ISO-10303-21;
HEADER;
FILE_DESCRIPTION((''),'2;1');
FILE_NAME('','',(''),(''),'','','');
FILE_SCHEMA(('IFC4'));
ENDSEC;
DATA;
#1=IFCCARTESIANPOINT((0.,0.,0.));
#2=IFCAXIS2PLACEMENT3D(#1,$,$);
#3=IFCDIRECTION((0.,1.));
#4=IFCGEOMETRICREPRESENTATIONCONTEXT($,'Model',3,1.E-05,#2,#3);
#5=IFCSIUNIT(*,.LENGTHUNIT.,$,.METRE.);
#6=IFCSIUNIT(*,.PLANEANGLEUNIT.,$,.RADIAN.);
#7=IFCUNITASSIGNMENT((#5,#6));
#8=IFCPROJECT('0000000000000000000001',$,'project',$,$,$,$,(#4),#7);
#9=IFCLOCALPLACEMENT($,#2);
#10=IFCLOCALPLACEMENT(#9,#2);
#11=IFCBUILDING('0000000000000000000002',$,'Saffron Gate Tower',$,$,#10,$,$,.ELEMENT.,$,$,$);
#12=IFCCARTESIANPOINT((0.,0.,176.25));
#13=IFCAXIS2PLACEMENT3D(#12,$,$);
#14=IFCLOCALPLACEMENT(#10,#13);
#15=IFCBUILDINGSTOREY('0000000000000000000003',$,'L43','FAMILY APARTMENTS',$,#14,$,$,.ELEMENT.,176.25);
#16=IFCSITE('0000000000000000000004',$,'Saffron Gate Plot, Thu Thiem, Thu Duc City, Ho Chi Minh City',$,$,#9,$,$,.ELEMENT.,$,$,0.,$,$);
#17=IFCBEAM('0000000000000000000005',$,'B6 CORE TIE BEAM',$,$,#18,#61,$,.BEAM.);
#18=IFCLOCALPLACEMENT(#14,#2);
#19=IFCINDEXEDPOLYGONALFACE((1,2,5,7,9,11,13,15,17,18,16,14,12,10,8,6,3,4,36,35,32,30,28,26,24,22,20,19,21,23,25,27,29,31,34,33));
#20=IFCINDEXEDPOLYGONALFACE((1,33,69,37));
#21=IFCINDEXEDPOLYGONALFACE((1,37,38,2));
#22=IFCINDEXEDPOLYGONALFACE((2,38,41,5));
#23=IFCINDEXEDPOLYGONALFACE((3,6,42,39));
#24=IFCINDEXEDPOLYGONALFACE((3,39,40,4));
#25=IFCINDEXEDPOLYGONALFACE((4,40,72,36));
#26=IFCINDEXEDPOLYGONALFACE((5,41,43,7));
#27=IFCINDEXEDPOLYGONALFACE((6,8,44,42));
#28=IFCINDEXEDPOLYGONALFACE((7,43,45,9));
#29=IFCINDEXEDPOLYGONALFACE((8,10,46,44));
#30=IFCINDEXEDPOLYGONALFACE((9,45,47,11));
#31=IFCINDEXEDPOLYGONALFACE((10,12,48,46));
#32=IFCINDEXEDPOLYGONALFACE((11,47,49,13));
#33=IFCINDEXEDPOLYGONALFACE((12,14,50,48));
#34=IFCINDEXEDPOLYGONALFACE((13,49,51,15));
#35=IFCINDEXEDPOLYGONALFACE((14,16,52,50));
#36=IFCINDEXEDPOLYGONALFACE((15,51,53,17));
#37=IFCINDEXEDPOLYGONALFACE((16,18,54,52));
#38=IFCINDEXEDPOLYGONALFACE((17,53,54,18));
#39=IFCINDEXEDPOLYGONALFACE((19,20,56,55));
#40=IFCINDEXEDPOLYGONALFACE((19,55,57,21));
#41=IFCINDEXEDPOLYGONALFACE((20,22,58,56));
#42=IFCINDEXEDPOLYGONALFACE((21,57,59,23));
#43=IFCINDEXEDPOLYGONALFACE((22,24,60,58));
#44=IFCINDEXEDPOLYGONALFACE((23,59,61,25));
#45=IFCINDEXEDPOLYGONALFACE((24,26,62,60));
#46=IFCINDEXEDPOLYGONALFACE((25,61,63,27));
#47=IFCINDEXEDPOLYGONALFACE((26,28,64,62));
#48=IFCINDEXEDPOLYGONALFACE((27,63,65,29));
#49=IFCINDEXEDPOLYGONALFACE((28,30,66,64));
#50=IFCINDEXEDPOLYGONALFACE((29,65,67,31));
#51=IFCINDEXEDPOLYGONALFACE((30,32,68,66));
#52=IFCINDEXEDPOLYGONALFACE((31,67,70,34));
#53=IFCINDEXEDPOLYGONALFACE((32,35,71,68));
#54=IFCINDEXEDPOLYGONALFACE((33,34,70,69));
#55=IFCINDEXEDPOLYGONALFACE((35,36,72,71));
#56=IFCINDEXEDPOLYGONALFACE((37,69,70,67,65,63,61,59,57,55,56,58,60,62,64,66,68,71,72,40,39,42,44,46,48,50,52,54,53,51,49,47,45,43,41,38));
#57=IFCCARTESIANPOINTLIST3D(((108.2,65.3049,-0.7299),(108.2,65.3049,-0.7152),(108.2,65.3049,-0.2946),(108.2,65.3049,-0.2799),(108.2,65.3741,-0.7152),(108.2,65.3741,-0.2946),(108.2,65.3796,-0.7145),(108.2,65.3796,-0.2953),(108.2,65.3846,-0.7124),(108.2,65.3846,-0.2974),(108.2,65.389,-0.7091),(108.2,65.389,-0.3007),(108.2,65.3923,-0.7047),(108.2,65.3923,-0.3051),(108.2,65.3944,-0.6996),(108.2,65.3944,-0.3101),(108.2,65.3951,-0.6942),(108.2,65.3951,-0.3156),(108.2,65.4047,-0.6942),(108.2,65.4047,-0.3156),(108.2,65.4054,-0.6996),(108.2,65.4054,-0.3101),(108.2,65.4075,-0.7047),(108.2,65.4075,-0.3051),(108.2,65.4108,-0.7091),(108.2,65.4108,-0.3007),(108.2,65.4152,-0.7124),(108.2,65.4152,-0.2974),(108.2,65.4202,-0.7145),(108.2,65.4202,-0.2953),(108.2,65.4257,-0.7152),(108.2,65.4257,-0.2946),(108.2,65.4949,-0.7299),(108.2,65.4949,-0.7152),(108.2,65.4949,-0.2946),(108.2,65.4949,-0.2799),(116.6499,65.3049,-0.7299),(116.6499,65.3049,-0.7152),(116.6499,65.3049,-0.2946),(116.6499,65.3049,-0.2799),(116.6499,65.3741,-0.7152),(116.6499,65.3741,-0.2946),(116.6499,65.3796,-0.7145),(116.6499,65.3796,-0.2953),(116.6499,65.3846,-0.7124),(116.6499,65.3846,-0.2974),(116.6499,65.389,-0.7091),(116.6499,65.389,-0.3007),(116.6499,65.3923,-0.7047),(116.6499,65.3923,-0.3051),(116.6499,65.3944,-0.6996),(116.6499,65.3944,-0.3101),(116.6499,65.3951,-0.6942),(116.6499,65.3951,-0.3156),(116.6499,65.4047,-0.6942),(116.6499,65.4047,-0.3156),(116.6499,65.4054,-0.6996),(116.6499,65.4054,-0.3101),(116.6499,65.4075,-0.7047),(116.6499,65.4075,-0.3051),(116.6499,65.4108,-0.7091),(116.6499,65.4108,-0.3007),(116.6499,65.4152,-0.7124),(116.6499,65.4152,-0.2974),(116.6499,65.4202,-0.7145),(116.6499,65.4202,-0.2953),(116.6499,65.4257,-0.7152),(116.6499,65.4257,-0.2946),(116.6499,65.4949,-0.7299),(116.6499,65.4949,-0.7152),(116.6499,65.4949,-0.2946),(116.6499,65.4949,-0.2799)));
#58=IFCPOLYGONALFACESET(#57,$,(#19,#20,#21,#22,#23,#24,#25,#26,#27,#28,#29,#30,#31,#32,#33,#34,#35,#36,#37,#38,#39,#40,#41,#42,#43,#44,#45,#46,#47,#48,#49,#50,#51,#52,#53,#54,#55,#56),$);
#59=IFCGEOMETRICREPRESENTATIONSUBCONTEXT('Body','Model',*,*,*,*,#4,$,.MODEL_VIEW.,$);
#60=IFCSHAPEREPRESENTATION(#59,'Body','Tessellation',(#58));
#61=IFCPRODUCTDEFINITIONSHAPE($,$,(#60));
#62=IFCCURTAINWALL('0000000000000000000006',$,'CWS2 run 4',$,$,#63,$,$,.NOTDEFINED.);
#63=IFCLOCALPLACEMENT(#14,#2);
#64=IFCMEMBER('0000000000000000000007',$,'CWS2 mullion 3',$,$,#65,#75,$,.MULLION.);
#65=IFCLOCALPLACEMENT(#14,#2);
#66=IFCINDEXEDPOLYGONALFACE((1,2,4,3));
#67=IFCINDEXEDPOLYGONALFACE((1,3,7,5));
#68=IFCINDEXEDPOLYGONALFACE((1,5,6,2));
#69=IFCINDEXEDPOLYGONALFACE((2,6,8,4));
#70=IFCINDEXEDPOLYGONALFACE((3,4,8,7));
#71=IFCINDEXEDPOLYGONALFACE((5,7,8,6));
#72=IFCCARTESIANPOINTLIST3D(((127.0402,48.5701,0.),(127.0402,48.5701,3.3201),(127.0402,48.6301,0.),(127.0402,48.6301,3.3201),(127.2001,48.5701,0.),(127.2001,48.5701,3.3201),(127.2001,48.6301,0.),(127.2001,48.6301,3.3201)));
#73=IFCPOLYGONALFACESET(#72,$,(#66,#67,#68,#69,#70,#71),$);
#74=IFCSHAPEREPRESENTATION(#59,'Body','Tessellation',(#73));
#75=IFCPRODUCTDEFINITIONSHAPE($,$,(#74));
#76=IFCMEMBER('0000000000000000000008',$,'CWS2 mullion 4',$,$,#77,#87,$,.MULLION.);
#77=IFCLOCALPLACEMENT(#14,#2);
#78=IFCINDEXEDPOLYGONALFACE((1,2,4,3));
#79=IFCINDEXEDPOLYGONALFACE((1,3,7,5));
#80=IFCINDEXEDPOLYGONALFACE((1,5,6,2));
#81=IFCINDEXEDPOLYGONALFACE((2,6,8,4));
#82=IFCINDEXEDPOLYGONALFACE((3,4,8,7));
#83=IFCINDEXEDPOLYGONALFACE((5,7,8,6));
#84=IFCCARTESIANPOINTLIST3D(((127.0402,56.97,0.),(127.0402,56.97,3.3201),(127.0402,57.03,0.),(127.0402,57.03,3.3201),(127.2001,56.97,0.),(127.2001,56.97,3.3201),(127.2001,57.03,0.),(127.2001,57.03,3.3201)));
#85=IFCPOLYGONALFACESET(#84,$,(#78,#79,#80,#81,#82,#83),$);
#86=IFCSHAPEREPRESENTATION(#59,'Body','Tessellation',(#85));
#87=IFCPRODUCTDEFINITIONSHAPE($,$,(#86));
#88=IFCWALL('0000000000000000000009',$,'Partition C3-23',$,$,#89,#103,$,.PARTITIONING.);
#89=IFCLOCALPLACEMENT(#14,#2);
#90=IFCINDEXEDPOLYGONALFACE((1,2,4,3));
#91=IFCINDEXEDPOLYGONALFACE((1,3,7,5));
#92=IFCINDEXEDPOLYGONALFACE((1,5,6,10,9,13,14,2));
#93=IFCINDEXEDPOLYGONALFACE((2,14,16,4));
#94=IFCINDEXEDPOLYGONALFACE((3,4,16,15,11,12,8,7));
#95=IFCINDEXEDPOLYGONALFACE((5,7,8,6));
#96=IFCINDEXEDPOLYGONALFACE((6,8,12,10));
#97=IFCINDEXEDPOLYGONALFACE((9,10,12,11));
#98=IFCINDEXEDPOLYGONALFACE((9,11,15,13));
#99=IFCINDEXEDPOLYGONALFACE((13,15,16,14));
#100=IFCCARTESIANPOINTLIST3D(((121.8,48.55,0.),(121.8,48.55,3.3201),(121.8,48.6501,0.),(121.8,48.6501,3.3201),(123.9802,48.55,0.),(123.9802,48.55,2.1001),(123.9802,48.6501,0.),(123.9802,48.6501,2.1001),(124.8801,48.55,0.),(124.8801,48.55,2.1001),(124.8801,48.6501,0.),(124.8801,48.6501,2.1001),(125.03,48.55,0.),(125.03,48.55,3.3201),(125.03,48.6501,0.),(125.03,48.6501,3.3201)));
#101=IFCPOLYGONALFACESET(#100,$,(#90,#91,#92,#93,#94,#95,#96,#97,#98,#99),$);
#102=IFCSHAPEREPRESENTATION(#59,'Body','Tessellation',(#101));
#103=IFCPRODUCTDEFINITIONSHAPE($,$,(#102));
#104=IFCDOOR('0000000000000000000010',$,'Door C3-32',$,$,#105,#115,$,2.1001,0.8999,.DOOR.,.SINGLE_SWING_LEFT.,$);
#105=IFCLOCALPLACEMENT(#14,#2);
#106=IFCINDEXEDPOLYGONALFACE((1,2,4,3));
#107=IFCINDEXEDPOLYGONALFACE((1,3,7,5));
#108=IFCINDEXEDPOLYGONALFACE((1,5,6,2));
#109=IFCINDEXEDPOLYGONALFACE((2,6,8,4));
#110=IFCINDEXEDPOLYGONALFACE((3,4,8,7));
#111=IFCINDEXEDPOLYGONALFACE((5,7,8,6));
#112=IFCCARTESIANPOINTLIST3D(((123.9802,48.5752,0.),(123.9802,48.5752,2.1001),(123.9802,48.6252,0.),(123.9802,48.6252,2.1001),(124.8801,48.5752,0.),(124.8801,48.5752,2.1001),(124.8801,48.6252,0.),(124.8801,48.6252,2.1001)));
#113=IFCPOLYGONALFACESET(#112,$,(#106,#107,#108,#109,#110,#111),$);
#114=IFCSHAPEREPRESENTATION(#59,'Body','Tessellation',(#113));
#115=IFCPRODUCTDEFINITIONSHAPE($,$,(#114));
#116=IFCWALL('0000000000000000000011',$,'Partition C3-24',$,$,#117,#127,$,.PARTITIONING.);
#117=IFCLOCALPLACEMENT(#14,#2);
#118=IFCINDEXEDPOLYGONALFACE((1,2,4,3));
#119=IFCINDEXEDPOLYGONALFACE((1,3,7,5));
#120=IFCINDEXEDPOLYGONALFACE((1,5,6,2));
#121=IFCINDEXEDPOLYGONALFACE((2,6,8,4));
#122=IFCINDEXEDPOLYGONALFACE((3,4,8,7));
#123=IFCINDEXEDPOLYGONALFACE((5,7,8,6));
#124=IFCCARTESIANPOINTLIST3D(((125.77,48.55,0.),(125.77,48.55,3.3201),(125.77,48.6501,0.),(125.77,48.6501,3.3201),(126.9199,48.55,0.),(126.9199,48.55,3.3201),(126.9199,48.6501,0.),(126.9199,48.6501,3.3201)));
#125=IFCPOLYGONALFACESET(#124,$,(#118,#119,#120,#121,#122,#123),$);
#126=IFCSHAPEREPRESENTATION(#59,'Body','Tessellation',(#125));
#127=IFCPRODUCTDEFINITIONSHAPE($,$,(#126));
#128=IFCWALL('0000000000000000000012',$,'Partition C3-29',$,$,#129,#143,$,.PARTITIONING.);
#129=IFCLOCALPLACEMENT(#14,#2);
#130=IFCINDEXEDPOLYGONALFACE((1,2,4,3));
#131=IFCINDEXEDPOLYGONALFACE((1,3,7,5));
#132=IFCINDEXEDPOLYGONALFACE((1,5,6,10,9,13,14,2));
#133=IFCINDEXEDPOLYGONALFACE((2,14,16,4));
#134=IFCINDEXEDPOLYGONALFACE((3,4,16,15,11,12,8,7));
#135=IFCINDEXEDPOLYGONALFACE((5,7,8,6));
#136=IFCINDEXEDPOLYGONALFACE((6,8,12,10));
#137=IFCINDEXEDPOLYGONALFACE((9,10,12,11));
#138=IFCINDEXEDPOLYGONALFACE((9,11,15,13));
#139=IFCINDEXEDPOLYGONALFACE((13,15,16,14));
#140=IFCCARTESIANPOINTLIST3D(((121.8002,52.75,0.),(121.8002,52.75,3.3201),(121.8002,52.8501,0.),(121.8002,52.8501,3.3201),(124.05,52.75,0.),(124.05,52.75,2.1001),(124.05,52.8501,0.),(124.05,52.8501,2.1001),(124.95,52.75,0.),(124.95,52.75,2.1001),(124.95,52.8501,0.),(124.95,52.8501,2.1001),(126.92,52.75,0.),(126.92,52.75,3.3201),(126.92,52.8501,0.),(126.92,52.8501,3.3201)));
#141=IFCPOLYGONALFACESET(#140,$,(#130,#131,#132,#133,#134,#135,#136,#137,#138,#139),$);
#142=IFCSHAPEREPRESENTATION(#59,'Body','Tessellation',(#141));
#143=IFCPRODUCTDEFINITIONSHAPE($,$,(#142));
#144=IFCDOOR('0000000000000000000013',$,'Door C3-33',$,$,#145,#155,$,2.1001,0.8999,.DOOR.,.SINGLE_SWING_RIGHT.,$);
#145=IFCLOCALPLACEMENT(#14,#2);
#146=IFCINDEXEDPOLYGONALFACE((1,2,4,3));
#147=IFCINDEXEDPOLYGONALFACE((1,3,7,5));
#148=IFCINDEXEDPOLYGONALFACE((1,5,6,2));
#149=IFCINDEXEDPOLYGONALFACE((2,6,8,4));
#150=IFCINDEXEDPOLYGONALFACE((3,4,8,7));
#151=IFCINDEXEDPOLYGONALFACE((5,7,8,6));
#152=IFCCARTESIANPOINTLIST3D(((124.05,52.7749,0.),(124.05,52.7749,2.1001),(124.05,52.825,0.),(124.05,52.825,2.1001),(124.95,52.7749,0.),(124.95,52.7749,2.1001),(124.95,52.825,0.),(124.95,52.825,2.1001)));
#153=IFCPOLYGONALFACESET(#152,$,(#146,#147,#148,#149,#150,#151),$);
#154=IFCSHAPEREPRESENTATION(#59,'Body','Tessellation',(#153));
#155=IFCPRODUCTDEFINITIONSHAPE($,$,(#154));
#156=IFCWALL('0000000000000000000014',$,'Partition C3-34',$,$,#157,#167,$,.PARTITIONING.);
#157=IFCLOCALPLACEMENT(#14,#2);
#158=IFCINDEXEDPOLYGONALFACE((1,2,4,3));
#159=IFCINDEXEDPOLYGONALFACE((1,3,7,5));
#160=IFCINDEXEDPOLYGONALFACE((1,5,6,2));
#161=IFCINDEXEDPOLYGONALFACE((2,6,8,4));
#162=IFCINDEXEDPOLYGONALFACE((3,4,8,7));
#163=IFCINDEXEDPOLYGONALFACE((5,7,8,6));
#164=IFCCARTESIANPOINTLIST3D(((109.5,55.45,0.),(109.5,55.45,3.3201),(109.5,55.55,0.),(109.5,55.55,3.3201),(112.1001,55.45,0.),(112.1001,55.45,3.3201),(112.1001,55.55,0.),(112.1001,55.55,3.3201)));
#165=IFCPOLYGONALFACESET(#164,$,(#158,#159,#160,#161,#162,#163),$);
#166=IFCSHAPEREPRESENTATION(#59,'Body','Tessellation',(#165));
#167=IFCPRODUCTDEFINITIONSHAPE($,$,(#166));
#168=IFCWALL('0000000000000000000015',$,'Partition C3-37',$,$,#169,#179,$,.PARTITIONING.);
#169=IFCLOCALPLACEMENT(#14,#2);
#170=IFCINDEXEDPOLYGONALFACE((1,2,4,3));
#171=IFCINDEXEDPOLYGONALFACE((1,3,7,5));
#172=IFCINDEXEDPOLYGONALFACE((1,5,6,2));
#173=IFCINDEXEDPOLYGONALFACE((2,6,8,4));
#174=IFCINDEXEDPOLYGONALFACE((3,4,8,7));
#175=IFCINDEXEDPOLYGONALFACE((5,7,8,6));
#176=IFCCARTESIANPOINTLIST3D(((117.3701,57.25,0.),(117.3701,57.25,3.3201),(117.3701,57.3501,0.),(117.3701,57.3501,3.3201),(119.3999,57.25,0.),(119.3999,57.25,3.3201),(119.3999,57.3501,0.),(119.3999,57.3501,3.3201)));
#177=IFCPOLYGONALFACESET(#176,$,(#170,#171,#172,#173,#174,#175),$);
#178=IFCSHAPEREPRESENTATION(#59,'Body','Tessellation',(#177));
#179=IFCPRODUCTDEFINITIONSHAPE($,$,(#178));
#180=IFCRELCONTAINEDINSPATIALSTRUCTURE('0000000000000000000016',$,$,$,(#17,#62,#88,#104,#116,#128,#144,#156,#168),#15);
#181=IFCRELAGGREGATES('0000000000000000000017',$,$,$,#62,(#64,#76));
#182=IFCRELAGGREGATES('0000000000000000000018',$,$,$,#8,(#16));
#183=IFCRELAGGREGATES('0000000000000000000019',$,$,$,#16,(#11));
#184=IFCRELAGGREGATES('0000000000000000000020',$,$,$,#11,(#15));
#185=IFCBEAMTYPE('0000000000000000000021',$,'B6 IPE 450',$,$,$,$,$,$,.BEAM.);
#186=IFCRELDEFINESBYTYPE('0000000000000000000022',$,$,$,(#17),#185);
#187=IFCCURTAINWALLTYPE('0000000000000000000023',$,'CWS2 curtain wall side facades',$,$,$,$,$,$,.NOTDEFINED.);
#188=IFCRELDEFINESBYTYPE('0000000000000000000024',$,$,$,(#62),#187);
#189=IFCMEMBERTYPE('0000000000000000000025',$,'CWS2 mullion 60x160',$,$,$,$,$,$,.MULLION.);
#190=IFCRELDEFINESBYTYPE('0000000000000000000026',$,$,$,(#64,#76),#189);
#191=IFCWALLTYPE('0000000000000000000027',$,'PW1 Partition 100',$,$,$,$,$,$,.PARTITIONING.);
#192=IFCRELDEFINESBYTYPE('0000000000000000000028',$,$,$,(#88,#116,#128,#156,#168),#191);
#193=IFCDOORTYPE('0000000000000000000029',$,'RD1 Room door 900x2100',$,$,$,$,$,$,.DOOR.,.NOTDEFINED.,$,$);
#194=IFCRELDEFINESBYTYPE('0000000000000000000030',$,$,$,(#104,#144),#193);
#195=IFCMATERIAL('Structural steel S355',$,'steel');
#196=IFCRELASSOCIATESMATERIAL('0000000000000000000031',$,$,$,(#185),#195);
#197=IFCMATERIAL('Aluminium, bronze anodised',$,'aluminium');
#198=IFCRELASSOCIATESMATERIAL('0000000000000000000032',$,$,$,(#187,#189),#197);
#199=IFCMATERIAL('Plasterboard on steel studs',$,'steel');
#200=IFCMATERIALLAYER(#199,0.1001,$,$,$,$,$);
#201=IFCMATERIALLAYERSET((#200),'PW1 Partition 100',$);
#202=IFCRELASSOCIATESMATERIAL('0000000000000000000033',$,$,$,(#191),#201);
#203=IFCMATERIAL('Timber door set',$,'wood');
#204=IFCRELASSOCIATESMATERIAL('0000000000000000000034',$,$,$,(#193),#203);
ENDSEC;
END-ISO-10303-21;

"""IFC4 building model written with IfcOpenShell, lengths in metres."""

from ifc_helpers import new_model, si_unit, direction, frame, frame_2d, origin, origin_2d, place, context, subcontext, project, spatial, rectangle, i_section, extrude, material, layer, layer_set, material_profile, profile_set, type_object, element, fill, aggregate, save


model = new_model("IFC4")

# Units and contexts
model_context = context("Model", 3, precision=1e-05, world=origin(), true_north=direction((0.0, 1.0)))
body_context = subcontext(model_context, "Body", "Model", "MODEL_VIEW")
ifc_project = project(units=[si_unit("LENGTHUNIT", "METRE"), si_unit("PLANEANGLEUNIT", "RADIAN")], contexts=[model_context])

# Site, building, storey
site_placement = place(None, origin())
site = spatial("IfcSite", under=ifc_project, at=site_placement, Name="Saffron Gate Plot, Thu Thiem, Thu Duc City, Ho Chi Minh City", CompositionType="ELEMENT", RefElevation=0.0)
building_placement = place(site_placement, origin())
building = spatial("IfcBuilding", under=site, at=building_placement, Name="Saffron Gate Tower", CompositionType="ELEMENT")
storey_placement = place(building_placement, frame((0.0, 0.0, 176.25)))
storey = spatial("IfcBuildingStorey", under=building, at=storey_placement, Name="L43", Description="FAMILY APARTMENTS", CompositionType="ELEMENT", Elevation=176.25)

# Beam
ifc_material_1 = material(Name="Structural steel S355", Category="steel")
ifc_material_profile_1 = material_profile(ifc_material_1, i_section(OverallWidth=0.1899, OverallDepth=0.45, WebThickness=0.0095, FlangeThickness=0.0146, FilletRadius=0.021, at=origin_2d()))
ifc_profile_set_1 = profile_set([ifc_material_profile_1], Name="Structural steel S355")
beam_type_1 = type_object("IfcBeamType", Name="B6 IPE 450", PredefinedType="BEAM", material=ifc_profile_set_1)
beam_1_placement = place(storey_placement, frame((116.6499, 65.3999, -0.5049), z_axis=(-1.0, 0.0, 0.0), x_axis=(0.0, -1.0, 0.0)))
element("IfcBeam", 1, at=beam_1_placement, inside=storey, type_object=beam_type_1, Name="B6 CORE TIE BEAM", PredefinedType="BEAM", context=body_context, shape_type="SweptSolid", body=[
    extrude(i_section(OverallWidth=0.1899, OverallDepth=0.45, WebThickness=0.0095, FlangeThickness=0.0146, FilletRadius=0.021, at=origin_2d()), origin(), (0.0, 0.0, 1.0), 8.45),
])

# Curtain wall, members
ifc_material_2 = material(Name="Aluminium, bronze anodised", Category="aluminium")
curtain_wall_type = type_object("IfcCurtainWallType", Name="CWS2 curtain wall side facades", PredefinedType="NOTDEFINED", material=ifc_material_2)
curtain_wall_placement = place(storey_placement, origin())
curtain_wall = element("IfcCurtainWall", 2, at=curtain_wall_placement, inside=storey, type_object=curtain_wall_type, Name="CWS2 run 4", PredefinedType="NOTDEFINED")
ifc_material_profile_2 = material_profile(ifc_material_2, rectangle(XDim=0.1599, YDim=0.0601, at=origin_2d()))
ifc_profile_set_2 = profile_set([ifc_material_profile_2], Name="Aluminium, bronze anodised")
member_type = type_object("IfcMemberType", Name="CWS2 mullion 60x160", PredefinedType="MULLION", material=ifc_profile_set_2)
member_1_placement = place(storey_placement, frame((127.1201, 48.6001, 0.0), z_axis=(0.0, 0.0, 1.0), x_axis=(-1.0, 0.0, 0.0)))
member_1 = element("IfcMember", 3, at=member_1_placement, type_object=member_type, Name="CWS2 mullion 3", PredefinedType="MULLION", context=body_context, shape_type="SweptSolid", body=[
    extrude(rectangle(XDim=0.1599, YDim=0.0601, at=origin_2d()), origin(), (0.0, 0.0, 1.0), 3.3201),
])
member_2_placement = place(storey_placement, frame((127.1201, 57.0, 0.0), z_axis=(0.0, 0.0, 1.0), x_axis=(-1.0, 0.0, 0.0)))
member_2 = element("IfcMember", 4, at=member_2_placement, type_object=member_type, Name="CWS2 mullion 4", PredefinedType="MULLION", context=body_context, shape_type="SweptSolid", body=[
    extrude(rectangle(XDim=0.1599, YDim=0.0601, at=origin_2d()), origin(), (0.0, 0.0, 1.0), 3.3201),
])
aggregate(curtain_wall, [member_1, member_2])

# Wall, opening, door
ifc_material_3 = material(Name="Plasterboard on steel studs", Category="steel")
ifc_layer_1 = layer(ifc_material_3, 0.1001)
ifc_layer_set_1 = layer_set([ifc_layer_1], Name="PW1 Partition 100")
wall_type_1 = type_object("IfcWallType", Name="PW1 Partition 100", PredefinedType="PARTITIONING", material=ifc_layer_set_1)
wall_1_placement = place(storey_placement, frame((125.03, 48.6001, 0.0), z_axis=(0.0, 0.0, 1.0), x_axis=(-1.0, 0.0, 0.0)))
wall_1 = element("IfcWall", 5, at=wall_1_placement, inside=storey, type_object=wall_type_1, Name="Partition C3-23", PredefinedType="PARTITIONING", context=body_context, shape_type="SweptSolid", body=[
    extrude(rectangle(XDim=3.23, YDim=0.1001, at=frame_2d((1.615, 0.0))), origin(), (0.0, 0.0, 1.0), 3.3201),
])
opening_1_placement = place(wall_1_placement, frame((0.1499, 0.0, 0.0)))
opening_1 = element("IfcOpeningElement", 6, at=opening_1_placement, cuts=wall_1, PredefinedType="OPENING", context=body_context, shape_type="SweptSolid", body=[
    extrude(rectangle(XDim=0.8999, YDim=2.1001, at=frame_2d((0.45, 1.05))), frame((0.0, 0.0601, 0.0), z_axis=(0.0, -1.0, 0.0), x_axis=(1.0, 0.0, 0.0)), (0.0, 0.0, 1.0), 0.1201),
])
ifc_material_4 = material(Name="Timber door set", Category="wood")
door_type_1 = type_object("IfcDoorType", Name="RD1 Room door 900x2100", OperationType="NOTDEFINED", PredefinedType="DOOR", material=ifc_material_4)
door_1_placement = place(opening_1_placement, origin())
door_1 = element("IfcDoor", 7, at=door_1_placement, inside=storey, type_object=door_type_1, Name="Door C3-32", OperationType="SINGLE_SWING_LEFT", OverallHeight=2.1001, OverallWidth=0.8999, PredefinedType="DOOR", context=body_context, shape_type="SweptSolid", body=[
    extrude(rectangle(XDim=0.8999, YDim=2.1001, at=frame_2d((0.45, 1.05))), frame((0.0, 0.0249, 0.0), z_axis=(0.0, -1.0, 0.0), x_axis=(1.0, 0.0, 0.0)), (0.0, 0.0, 1.0), 0.05),
])
fill(opening_1, door_1)

# Wall
wall_2_placement = place(storey_placement, frame((125.77, 48.6001, 0.0), z_axis=(0.0, 0.0, 1.0), x_axis=(1.0, 0.0, 0.0)))
element("IfcWall", 8, at=wall_2_placement, inside=storey, type_object=wall_type_1, Name="Partition C3-24", PredefinedType="PARTITIONING", context=body_context, shape_type="SweptSolid", body=[
    extrude(rectangle(XDim=1.1499, YDim=0.1001, at=frame_2d((0.575, 0.0))), origin(), (0.0, 0.0, 1.0), 3.3201),
])

# Wall, opening, door
wall_3_placement = place(storey_placement, frame((121.8, 52.8, 0.0), z_axis=(0.0, 0.0, 1.0), x_axis=(1.0, 0.0, 0.0)))
wall_3 = element("IfcWall", 9, at=wall_3_placement, inside=storey, type_object=wall_type_1, Name="Partition C3-29", PredefinedType="PARTITIONING", context=body_context, shape_type="SweptSolid", body=[
    extrude(rectangle(XDim=5.1199, YDim=0.1001, at=frame_2d((2.5601, 0.0))), origin(), (0.0, 0.0, 1.0), 3.3201),
])
opening_2_placement = place(wall_3_placement, frame((2.25, 0.0, 0.0)))
opening_2 = element("IfcOpeningElement", 10, at=opening_2_placement, cuts=wall_3, PredefinedType="OPENING", context=body_context, shape_type="SweptSolid", body=[
    extrude(rectangle(XDim=0.8999, YDim=2.1001, at=frame_2d((0.45, 1.05))), frame((0.0, 0.0601, 0.0), z_axis=(0.0, -1.0, 0.0), x_axis=(1.0, 0.0, 0.0)), (0.0, 0.0, 1.0), 0.1201),
])
door_2_placement = place(opening_2_placement, origin())
door_2 = element("IfcDoor", 11, at=door_2_placement, inside=storey, type_object=door_type_1, Name="Door C3-33", OperationType="SINGLE_SWING_RIGHT", OverallHeight=2.1001, OverallWidth=0.8999, PredefinedType="DOOR", context=body_context, shape_type="SweptSolid", body=[
    extrude(rectangle(XDim=0.8999, YDim=2.1001, at=frame_2d((0.45, 1.05))), frame((0.0, 0.0249, 0.0), z_axis=(0.0, -1.0, 0.0), x_axis=(1.0, 0.0, 0.0)), (0.0, 0.0, 1.0), 0.05),
])
fill(opening_2, door_2)

# Walls
wall_4_placement = place(storey_placement, frame((109.5, 55.5, 0.0), z_axis=(0.0, 0.0, 1.0), x_axis=(1.0, 0.0, 0.0)))
element("IfcWall", 12, at=wall_4_placement, inside=storey, type_object=wall_type_1, Name="Partition C3-34", PredefinedType="PARTITIONING", context=body_context, shape_type="SweptSolid", body=[
    extrude(rectangle(XDim=2.6001, YDim=0.1001, at=frame_2d((1.3, 0.0))), origin(), (0.0, 0.0, 1.0), 3.3201),
])
wall_5_placement = place(storey_placement, frame((117.3701, 57.3, 0.0), z_axis=(0.0, 0.0, 1.0), x_axis=(1.0, 0.0, 0.0)))
element("IfcWall", 13, at=wall_5_placement, inside=storey, type_object=wall_type_1, Name="Partition C3-37", PredefinedType="PARTITIONING", context=body_context, shape_type="SweptSolid", body=[
    extrude(rectangle(XDim=2.0298, YDim=0.1001, at=frame_2d((1.0149, 0.0))), origin(), (0.0, 0.0, 1.0), 3.3201),
])

save(model, "model.ifc")
